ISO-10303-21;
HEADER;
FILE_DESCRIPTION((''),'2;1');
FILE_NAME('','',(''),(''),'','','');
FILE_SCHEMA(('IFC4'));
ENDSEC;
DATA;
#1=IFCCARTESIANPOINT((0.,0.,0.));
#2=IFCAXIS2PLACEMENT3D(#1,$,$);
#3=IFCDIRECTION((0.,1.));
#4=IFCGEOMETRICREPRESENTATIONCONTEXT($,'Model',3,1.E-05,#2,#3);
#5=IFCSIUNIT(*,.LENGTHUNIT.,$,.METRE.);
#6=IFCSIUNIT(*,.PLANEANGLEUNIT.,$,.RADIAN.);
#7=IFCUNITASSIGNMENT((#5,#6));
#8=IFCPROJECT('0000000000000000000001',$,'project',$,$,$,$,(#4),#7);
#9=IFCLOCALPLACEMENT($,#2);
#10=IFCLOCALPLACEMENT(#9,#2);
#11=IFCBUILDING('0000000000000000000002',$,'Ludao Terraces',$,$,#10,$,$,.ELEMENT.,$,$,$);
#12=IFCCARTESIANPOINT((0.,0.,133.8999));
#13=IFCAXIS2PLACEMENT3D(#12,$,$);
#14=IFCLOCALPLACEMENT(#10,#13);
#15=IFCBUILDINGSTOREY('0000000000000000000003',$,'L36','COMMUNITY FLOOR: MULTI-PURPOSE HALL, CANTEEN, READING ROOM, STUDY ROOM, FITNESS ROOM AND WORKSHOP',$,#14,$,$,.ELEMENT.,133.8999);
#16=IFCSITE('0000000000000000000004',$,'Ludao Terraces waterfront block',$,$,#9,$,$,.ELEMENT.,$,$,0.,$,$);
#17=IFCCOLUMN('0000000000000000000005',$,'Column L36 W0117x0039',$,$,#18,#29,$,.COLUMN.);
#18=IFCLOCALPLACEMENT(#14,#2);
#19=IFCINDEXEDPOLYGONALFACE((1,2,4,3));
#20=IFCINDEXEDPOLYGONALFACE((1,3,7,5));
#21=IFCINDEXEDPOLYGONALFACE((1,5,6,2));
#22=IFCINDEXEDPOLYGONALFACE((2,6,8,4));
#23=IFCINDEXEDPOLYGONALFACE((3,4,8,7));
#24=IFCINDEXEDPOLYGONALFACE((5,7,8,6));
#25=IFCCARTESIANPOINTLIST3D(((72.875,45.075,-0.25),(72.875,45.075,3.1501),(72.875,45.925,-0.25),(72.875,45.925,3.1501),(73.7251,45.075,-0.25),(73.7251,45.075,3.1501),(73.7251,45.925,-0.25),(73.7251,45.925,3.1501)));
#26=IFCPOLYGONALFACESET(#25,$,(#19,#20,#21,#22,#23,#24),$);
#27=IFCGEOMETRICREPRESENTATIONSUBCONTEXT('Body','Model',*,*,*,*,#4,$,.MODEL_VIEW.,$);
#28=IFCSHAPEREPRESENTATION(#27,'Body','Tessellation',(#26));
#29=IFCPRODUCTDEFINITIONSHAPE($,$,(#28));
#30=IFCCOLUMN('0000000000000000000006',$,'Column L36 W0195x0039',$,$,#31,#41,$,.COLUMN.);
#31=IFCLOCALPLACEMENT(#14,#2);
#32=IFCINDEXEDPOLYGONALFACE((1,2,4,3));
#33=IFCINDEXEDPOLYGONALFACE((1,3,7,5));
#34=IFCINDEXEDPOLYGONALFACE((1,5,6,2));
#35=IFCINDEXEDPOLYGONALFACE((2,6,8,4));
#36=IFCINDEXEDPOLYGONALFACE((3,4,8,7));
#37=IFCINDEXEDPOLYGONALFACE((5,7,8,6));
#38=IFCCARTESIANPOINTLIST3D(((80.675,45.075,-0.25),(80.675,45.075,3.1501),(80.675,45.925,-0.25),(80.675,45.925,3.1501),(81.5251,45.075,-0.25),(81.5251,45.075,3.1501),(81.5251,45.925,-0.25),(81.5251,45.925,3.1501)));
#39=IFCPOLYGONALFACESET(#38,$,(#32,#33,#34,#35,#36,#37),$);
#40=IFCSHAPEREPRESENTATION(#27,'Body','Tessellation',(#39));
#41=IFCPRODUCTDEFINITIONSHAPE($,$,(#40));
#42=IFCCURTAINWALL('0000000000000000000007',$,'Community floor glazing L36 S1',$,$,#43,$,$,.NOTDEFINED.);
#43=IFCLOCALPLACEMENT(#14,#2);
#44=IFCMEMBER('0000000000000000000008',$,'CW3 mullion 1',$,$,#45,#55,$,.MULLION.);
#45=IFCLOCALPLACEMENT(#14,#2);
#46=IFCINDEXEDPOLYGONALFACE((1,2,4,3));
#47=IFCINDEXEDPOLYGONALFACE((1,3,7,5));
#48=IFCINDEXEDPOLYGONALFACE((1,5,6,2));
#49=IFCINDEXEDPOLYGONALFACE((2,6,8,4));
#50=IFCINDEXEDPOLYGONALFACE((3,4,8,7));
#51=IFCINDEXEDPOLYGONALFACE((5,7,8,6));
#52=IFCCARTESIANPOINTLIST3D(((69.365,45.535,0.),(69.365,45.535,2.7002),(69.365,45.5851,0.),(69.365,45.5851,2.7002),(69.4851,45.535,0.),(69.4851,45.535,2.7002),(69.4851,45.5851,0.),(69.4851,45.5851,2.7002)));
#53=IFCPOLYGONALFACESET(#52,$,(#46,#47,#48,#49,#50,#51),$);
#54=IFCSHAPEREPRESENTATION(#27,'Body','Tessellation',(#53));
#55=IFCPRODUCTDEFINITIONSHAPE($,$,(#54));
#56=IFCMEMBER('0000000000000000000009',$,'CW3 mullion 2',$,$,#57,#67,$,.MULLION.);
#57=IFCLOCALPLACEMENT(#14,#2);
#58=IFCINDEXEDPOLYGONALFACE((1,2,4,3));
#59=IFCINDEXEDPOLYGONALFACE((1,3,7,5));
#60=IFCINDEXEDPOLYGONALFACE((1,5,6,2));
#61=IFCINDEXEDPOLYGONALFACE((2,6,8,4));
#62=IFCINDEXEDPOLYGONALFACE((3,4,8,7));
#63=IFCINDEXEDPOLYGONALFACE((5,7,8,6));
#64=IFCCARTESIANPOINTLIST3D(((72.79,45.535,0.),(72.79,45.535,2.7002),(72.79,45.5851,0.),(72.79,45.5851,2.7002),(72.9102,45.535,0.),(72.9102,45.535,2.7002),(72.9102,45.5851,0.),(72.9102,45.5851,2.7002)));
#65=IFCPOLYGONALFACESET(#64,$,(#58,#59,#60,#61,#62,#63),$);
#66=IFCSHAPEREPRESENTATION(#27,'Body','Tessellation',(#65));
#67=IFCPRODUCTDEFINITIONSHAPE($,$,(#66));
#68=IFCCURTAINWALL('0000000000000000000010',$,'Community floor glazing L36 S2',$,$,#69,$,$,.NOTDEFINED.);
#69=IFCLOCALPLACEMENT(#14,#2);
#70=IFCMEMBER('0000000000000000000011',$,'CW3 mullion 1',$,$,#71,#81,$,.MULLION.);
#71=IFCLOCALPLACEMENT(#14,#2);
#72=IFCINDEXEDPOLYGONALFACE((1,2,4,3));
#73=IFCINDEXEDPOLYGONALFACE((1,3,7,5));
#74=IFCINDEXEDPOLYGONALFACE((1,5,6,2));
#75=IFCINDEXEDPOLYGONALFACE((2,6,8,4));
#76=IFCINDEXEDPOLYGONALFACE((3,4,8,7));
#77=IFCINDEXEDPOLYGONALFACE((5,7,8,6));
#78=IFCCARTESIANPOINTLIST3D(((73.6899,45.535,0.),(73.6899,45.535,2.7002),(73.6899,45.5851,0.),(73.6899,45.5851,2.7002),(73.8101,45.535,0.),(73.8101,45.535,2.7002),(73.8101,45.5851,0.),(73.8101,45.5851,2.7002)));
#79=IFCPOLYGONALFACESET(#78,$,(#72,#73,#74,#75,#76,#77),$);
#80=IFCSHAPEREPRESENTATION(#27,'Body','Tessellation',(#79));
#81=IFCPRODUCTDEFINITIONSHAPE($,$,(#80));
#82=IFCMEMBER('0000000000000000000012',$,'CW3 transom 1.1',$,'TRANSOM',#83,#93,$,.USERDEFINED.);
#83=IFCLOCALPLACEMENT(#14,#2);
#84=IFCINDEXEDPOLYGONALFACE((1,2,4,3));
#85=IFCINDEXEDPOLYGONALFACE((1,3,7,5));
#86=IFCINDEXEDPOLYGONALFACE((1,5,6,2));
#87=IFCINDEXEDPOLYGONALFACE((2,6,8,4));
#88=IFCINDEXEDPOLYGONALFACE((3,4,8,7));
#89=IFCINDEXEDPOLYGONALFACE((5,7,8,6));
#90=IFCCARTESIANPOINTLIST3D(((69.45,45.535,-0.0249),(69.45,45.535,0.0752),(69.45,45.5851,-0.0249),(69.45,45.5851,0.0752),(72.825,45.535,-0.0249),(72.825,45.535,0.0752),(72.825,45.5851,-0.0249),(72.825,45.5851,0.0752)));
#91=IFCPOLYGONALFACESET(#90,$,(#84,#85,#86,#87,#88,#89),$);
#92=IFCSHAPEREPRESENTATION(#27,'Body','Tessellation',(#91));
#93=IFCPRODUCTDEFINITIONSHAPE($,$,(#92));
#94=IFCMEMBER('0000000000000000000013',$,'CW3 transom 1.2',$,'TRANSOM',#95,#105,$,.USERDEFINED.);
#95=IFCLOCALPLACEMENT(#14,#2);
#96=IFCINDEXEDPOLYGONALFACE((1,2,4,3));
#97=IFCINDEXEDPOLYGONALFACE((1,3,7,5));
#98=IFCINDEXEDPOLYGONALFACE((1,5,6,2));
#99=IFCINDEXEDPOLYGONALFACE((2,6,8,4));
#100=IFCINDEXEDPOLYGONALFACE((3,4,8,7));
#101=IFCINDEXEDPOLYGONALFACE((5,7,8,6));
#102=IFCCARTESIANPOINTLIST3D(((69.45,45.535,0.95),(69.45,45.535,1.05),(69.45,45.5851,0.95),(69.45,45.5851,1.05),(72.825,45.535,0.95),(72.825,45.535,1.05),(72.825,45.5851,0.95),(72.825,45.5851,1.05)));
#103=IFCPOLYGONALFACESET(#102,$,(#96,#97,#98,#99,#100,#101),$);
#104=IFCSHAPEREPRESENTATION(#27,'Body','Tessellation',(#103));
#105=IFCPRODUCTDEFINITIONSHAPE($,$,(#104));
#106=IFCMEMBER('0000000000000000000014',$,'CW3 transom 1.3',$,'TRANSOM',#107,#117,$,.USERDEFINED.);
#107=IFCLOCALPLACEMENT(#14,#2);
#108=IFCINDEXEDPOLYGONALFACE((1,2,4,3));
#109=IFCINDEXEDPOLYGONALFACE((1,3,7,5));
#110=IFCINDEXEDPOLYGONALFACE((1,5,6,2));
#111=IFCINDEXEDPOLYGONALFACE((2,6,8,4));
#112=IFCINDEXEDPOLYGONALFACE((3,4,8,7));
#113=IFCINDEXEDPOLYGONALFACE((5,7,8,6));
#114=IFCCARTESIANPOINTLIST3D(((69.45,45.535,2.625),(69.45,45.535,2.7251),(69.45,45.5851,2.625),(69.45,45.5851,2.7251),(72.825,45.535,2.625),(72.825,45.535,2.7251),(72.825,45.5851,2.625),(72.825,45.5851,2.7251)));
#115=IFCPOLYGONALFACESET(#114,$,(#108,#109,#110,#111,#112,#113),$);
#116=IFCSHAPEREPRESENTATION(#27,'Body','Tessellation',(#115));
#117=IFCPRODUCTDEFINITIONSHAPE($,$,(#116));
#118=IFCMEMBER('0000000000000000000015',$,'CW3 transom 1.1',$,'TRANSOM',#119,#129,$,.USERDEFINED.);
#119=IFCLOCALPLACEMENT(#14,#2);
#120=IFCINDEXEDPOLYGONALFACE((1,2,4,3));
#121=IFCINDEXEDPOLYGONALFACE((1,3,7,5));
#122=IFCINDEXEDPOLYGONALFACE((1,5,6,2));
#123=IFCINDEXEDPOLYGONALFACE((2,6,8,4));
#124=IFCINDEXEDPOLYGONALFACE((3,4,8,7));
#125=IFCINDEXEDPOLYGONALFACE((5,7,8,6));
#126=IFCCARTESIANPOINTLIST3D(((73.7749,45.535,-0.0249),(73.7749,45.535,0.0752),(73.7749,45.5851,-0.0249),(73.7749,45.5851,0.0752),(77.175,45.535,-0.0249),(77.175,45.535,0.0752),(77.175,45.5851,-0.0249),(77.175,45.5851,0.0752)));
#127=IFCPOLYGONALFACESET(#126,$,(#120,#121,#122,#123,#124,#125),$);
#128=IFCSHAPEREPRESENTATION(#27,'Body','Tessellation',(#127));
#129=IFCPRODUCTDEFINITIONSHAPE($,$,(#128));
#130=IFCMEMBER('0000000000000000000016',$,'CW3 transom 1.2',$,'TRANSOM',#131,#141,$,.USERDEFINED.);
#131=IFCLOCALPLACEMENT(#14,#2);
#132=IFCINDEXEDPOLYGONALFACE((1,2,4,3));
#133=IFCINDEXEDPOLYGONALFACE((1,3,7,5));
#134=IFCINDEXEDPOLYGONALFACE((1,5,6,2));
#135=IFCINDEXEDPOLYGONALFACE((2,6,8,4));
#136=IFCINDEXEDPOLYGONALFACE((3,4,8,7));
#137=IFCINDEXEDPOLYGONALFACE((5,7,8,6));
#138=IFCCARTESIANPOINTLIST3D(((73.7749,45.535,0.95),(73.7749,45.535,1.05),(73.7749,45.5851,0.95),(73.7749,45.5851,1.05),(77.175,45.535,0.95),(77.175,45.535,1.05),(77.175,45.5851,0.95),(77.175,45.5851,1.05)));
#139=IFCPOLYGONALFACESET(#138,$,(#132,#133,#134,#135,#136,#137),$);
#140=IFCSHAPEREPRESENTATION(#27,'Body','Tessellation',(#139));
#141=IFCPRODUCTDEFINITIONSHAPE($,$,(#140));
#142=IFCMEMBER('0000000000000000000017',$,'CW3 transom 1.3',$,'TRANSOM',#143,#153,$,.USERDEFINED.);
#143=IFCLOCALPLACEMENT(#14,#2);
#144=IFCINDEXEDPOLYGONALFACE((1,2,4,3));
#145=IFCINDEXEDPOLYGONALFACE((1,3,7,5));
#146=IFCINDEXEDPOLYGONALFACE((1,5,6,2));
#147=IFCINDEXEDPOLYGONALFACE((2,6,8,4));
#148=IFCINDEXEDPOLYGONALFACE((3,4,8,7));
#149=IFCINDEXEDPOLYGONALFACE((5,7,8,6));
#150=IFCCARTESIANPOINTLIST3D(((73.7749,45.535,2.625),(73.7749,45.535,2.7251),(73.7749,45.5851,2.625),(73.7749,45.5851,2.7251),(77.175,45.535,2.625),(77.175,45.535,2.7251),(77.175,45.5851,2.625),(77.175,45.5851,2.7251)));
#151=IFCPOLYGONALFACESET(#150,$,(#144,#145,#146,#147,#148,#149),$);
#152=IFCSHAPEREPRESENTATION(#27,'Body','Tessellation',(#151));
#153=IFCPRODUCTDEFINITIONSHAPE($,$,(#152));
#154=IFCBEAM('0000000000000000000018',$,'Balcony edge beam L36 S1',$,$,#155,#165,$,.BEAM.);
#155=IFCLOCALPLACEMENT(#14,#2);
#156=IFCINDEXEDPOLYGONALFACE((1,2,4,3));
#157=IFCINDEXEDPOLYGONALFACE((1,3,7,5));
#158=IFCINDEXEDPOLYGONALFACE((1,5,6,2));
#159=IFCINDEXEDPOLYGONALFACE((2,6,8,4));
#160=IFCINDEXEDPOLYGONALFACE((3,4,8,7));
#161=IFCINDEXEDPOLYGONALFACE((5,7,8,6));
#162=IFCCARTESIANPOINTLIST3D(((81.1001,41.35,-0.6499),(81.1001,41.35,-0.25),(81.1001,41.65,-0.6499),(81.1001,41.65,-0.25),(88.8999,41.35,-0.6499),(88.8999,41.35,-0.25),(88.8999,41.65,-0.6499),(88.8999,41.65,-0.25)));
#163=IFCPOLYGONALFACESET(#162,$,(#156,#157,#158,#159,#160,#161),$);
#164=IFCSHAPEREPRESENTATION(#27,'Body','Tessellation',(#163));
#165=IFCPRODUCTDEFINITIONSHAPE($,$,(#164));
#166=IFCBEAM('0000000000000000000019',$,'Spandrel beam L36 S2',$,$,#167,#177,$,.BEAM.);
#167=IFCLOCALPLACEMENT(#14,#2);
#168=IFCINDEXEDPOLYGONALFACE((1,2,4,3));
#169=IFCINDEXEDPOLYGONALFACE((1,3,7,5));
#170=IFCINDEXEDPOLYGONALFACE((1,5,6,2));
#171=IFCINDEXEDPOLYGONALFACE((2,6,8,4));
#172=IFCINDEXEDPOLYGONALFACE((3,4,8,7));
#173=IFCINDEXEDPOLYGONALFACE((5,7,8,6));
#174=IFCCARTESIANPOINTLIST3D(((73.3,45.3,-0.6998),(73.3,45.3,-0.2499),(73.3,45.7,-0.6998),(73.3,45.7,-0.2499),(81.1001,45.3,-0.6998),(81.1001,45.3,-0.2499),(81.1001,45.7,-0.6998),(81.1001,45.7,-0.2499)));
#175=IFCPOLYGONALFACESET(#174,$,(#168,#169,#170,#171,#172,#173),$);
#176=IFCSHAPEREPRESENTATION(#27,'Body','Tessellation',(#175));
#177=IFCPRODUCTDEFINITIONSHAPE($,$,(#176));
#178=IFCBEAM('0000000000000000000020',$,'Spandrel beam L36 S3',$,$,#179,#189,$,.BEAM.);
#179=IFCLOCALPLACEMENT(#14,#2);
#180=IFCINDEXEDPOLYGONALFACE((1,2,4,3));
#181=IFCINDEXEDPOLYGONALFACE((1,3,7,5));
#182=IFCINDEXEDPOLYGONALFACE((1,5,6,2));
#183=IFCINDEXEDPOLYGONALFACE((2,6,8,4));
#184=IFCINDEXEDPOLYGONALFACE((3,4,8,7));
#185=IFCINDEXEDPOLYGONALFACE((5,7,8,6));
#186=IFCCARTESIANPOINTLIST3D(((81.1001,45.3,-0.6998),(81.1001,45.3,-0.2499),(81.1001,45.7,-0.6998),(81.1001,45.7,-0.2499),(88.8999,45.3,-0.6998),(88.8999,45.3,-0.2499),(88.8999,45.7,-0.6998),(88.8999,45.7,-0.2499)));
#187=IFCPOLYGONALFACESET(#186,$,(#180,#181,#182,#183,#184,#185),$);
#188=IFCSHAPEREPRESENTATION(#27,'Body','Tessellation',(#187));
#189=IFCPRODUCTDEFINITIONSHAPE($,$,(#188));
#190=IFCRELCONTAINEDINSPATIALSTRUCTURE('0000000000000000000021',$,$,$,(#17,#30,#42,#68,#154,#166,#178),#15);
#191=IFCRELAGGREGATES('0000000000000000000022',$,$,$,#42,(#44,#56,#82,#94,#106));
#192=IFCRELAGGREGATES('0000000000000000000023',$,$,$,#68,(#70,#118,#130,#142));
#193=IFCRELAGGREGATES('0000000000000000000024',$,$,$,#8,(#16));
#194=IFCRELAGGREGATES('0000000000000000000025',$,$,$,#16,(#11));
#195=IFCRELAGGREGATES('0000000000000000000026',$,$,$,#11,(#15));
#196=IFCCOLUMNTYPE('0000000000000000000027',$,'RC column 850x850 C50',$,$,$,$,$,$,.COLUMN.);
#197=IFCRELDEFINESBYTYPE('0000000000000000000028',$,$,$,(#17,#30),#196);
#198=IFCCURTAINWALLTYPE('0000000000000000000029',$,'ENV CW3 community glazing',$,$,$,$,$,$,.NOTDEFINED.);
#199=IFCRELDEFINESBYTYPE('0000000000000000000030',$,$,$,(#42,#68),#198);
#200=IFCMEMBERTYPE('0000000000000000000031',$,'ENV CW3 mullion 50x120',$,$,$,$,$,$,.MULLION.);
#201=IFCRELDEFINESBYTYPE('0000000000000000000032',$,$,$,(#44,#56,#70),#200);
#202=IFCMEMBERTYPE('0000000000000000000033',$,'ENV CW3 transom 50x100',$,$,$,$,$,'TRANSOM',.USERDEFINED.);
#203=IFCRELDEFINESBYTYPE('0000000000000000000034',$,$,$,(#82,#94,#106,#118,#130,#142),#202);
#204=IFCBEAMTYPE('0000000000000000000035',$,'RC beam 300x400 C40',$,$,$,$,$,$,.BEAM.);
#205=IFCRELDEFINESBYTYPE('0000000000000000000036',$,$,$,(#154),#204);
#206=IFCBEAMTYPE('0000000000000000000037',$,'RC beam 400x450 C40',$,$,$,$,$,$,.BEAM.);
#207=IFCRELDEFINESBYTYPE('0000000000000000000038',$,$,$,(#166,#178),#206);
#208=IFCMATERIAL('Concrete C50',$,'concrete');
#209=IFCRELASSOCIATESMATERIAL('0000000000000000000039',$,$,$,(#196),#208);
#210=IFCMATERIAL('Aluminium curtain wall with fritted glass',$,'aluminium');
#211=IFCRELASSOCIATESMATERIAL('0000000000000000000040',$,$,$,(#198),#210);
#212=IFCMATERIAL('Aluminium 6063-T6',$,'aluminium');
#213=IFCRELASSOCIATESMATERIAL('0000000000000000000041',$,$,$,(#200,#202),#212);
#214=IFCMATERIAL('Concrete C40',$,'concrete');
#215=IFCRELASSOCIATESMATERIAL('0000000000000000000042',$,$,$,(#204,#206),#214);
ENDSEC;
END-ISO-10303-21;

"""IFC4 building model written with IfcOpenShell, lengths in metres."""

from ifc_helpers import new_model, si_unit, direction, frame, origin, origin_2d, place, context, subcontext, project, spatial, rectangle, extrude, material, material_profile, profile_set, type_object, element, aggregate, save


model = new_model("IFC4")

# Units and contexts
model_context = context("Model", 3, precision=1e-05, world=origin(), true_north=direction((0.0, 1.0)))
body_context = subcontext(model_context, "Body", "Model", "MODEL_VIEW")
ifc_project = project(units=[si_unit("LENGTHUNIT", "METRE"), si_unit("PLANEANGLEUNIT", "RADIAN")], contexts=[model_context])

# Site, building, storey
site_placement = place(None, origin())
site = spatial("IfcSite", under=ifc_project, at=site_placement, Name="Ludao Terraces waterfront block", CompositionType="ELEMENT", RefElevation=0.0)
building_placement = place(site_placement, origin())
building = spatial("IfcBuilding", under=site, at=building_placement, Name="Ludao Terraces", CompositionType="ELEMENT")
storey_placement = place(building_placement, frame((0.0, 0.0, 133.8999)))
storey = spatial("IfcBuildingStorey", under=building, at=storey_placement, Name="L36", Description="COMMUNITY FLOOR: MULTI-PURPOSE HALL, CANTEEN, READING ROOM, STUDY ROOM, FITNESS ROOM AND WORKSHOP", CompositionType="ELEMENT", Elevation=133.8999)

# Columns
ifc_material_1 = material(Name="Concrete C50", Category="concrete")
ifc_material_profile_1 = material_profile(ifc_material_1, rectangle(XDim=0.8501, YDim=0.8501, at=origin_2d()), Name="850 X 850")
ifc_profile_set_1 = profile_set([ifc_material_profile_1], Name="Concrete C50")
column_type = type_object("IfcColumnType", Name="RC column 850x850 C50", PredefinedType="COLUMN", material=ifc_profile_set_1)
for number, where, z_axis, x_axis, name in (
    (1, (73.3, 45.5, -0.25), (0.0, 0.0, 1.0), (1.0, 0.0, 0.0), "Column L36 W0117x0039"),
    (2, (81.1001, 45.5, -0.25), (0.0, 0.0, 1.0), (1.0, 0.0, 0.0), "Column L36 W0195x0039"),
):
    element("IfcColumn", number, at=place(storey_placement, frame(where, z_axis=z_axis, x_axis=x_axis)), inside=storey, type_object=column_type, Name=name, PredefinedType="COLUMN", context=body_context, shape_type="SweptSolid", body=[
        extrude(rectangle(XDim=0.8501, YDim=0.8501, at=origin_2d()), origin(), (0.0, 0.0, 1.0), 3.4001),
    ])

# Curtain wall, members
ifc_material_2 = material(Name="Aluminium curtain wall with fritted glass", Category="aluminium")
curtain_wall_type = type_object("IfcCurtainWallType", Name="ENV CW3 community glazing", PredefinedType="NOTDEFINED", material=ifc_material_2)
curtain_wall_1_placement = place(storey_placement, origin())
curtain_wall_1 = element("IfcCurtainWall", 3, at=curtain_wall_1_placement, inside=storey, type_object=curtain_wall_type, Name="Community floor glazing L36 S1", PredefinedType="NOTDEFINED")
ifc_material_3 = material(Name="Aluminium 6063-T6", Category="aluminium")
ifc_material_profile_2 = material_profile(ifc_material_3, rectangle(XDim=0.05, YDim=0.1201, at=origin_2d()), Name="50 X 120")
ifc_profile_set_2 = profile_set([ifc_material_profile_2], Name="Aluminium 6063-T6")
member_type_1 = type_object("IfcMemberType", Name="ENV CW3 mullion 50x120", PredefinedType="MULLION", material=ifc_profile_set_2)
member_1_placement = place(storey_placement, frame((69.425, 45.5601, 0.0), z_axis=(0.0, 0.0, 1.0), x_axis=(0.0, 1.0, 0.0)))
member_1 = element("IfcMember", 4, at=member_1_placement, type_object=member_type_1, Name="CW3 mullion 1", PredefinedType="MULLION", context=body_context, shape_type="SweptSolid", body=[
    extrude(rectangle(XDim=0.05, YDim=0.1201, at=origin_2d()), origin(), (0.0, 0.0, 1.0), 2.7002),
])
member_2_placement = place(storey_placement, frame((72.8501, 45.5601, 0.0), z_axis=(0.0, 0.0, 1.0), x_axis=(0.0, 1.0, 0.0)))
member_2 = element("IfcMember", 5, at=member_2_placement, type_object=member_type_1, Name="CW3 mullion 2", PredefinedType="MULLION", context=body_context, shape_type="SweptSolid", body=[
    extrude(rectangle(XDim=0.05, YDim=0.1201, at=origin_2d()), origin(), (0.0, 0.0, 1.0), 2.7002),
])

# Curtain wall, member
curtain_wall_2_placement = place(storey_placement, origin())
curtain_wall_2 = element("IfcCurtainWall", 6, at=curtain_wall_2_placement, inside=storey, type_object=curtain_wall_type, Name="Community floor glazing L36 S2", PredefinedType="NOTDEFINED")
member_3_placement = place(storey_placement, frame((73.75, 45.5601, 0.0), z_axis=(0.0, 0.0, 1.0), x_axis=(0.0, 1.0, 0.0)))
member_3 = element("IfcMember", 7, at=member_3_placement, type_object=member_type_1, Name="CW3 mullion 1", PredefinedType="MULLION", context=body_context, shape_type="SweptSolid", body=[
    extrude(rectangle(XDim=0.05, YDim=0.1201, at=origin_2d()), origin(), (0.0, 0.0, 1.0), 2.7002),
])

# Members
ifc_material_profile_3 = material_profile(ifc_material_3, rectangle(XDim=0.05, YDim=0.1001, at=origin_2d()), Name="50 X 100")
ifc_profile_set_3 = profile_set([ifc_material_profile_3], Name="Aluminium 6063-T6")
member_type_2 = type_object("IfcMemberType", Name="ENV CW3 transom 50x100", ElementType="TRANSOM", PredefinedType="USERDEFINED", material=ifc_profile_set_3)
member_4_placement = place(storey_placement, frame((69.45, 45.5601, 0.0251), z_axis=(1.0, 0.0, 0.0), x_axis=(0.0, 1.0, 0.0)))
member_4 = element("IfcMember", 8, at=member_4_placement, type_object=member_type_2, Name="CW3 transom 1.1", ObjectType="TRANSOM", PredefinedType="USERDEFINED", context=body_context, shape_type="SweptSolid", body=[
    extrude(rectangle(XDim=0.05, YDim=0.1001, at=origin_2d()), origin(), (0.0, 0.0, 1.0), 3.375),
])
member_5_placement = place(storey_placement, frame((69.45, 45.5601, 1.0), z_axis=(1.0, 0.0, 0.0), x_axis=(0.0, 1.0, 0.0)))
member_5 = element("IfcMember", 9, at=member_5_placement, type_object=member_type_2, Name="CW3 transom 1.2", ObjectType="TRANSOM", PredefinedType="USERDEFINED", context=body_context, shape_type="SweptSolid", body=[
    extrude(rectangle(XDim=0.05, YDim=0.1001, at=origin_2d()), origin(), (0.0, 0.0, 1.0), 3.375),
])
member_6_placement = place(storey_placement, frame((69.45, 45.5601, 2.675), z_axis=(1.0, 0.0, 0.0), x_axis=(0.0, 1.0, 0.0)))
member_6 = element("IfcMember", 10, at=member_6_placement, type_object=member_type_2, Name="CW3 transom 1.3", ObjectType="TRANSOM", PredefinedType="USERDEFINED", context=body_context, shape_type="SweptSolid", body=[
    extrude(rectangle(XDim=0.05, YDim=0.1001, at=origin_2d()), origin(), (0.0, 0.0, 1.0), 3.375),
])
member_7_placement = place(storey_placement, frame((73.7749, 45.5601, 0.0251), z_axis=(1.0, 0.0, 0.0), x_axis=(0.0, 1.0, 0.0)))
member_7 = element("IfcMember", 11, at=member_7_placement, type_object=member_type_2, Name="CW3 transom 1.1", ObjectType="TRANSOM", PredefinedType="USERDEFINED", context=body_context, shape_type="SweptSolid", body=[
    extrude(rectangle(XDim=0.05, YDim=0.1001, at=origin_2d()), origin(), (0.0, 0.0, 1.0), 3.4001),
])
member_8_placement = place(storey_placement, frame((73.7749, 45.5601, 1.0), z_axis=(1.0, 0.0, 0.0), x_axis=(0.0, 1.0, 0.0)))
member_8 = element("IfcMember", 12, at=member_8_placement, type_object=member_type_2, Name="CW3 transom 1.2", ObjectType="TRANSOM", PredefinedType="USERDEFINED", context=body_context, shape_type="SweptSolid", body=[
    extrude(rectangle(XDim=0.05, YDim=0.1001, at=origin_2d()), origin(), (0.0, 0.0, 1.0), 3.4001),
])
member_9_placement = place(storey_placement, frame((73.7749, 45.5601, 2.675), z_axis=(1.0, 0.0, 0.0), x_axis=(0.0, 1.0, 0.0)))
member_9 = element("IfcMember", 13, at=member_9_placement, type_object=member_type_2, Name="CW3 transom 1.3", ObjectType="TRANSOM", PredefinedType="USERDEFINED", context=body_context, shape_type="SweptSolid", body=[
    extrude(rectangle(XDim=0.05, YDim=0.1001, at=origin_2d()), origin(), (0.0, 0.0, 1.0), 3.4001),
])

# Beams
ifc_material_4 = material(Name="Concrete C40", Category="concrete")
ifc_material_profile_4 = material_profile(ifc_material_4, rectangle(XDim=0.3, YDim=0.3999, at=origin_2d()), Name="300 X 400")
ifc_profile_set_4 = profile_set([ifc_material_profile_4], Name="Concrete C40")
beam_type_1 = type_object("IfcBeamType", Name="RC beam 300x400 C40", PredefinedType="BEAM", material=ifc_profile_set_4)
beam_1_placement = place(storey_placement, frame((81.1001, 41.5, -0.45), z_axis=(1.0, 0.0, 0.0), x_axis=(0.0, 1.0, 0.0)))
element("IfcBeam", 14, at=beam_1_placement, inside=storey, type_object=beam_type_1, Name="Balcony edge beam L36 S1", PredefinedType="BEAM", context=body_context, shape_type="SweptSolid", body=[
    extrude(rectangle(XDim=0.3, YDim=0.3999, at=origin_2d()), origin(), (0.0, 0.0, 1.0), 7.7998),
])
ifc_material_profile_5 = material_profile(ifc_material_4, rectangle(XDim=0.3999, YDim=0.45, at=origin_2d()), Name="400 X 450")
ifc_profile_set_5 = profile_set([ifc_material_profile_5], Name="Concrete C40")
beam_type_2 = type_object("IfcBeamType", Name="RC beam 400x450 C40", PredefinedType="BEAM", material=ifc_profile_set_5)
beam_2_placement = place(storey_placement, frame((73.3, 45.5, -0.4749), z_axis=(1.0, 0.0, 0.0), x_axis=(0.0, 1.0, 0.0)))
element("IfcBeam", 15, at=beam_2_placement, inside=storey, type_object=beam_type_2, Name="Spandrel beam L36 S2", PredefinedType="BEAM", context=body_context, shape_type="SweptSolid", body=[
    extrude(rectangle(XDim=0.3999, YDim=0.45, at=origin_2d()), origin(), (0.0, 0.0, 1.0), 7.8),
])
beam_3_placement = place(storey_placement, frame((81.1001, 45.5, -0.4749), z_axis=(1.0, 0.0, 0.0), x_axis=(0.0, 1.0, 0.0)))
element("IfcBeam", 16, at=beam_3_placement, inside=storey, type_object=beam_type_2, Name="Spandrel beam L36 S3", PredefinedType="BEAM", context=body_context, shape_type="SweptSolid", body=[
    extrude(rectangle(XDim=0.3999, YDim=0.45, at=origin_2d()), origin(), (0.0, 0.0, 1.0), 7.7998),
])

aggregate(curtain_wall_1, [member_1, member_2, member_4, member_5, member_6])
aggregate(curtain_wall_2, [member_3, member_7, member_8, member_9])

save(model, "model.ifc")
